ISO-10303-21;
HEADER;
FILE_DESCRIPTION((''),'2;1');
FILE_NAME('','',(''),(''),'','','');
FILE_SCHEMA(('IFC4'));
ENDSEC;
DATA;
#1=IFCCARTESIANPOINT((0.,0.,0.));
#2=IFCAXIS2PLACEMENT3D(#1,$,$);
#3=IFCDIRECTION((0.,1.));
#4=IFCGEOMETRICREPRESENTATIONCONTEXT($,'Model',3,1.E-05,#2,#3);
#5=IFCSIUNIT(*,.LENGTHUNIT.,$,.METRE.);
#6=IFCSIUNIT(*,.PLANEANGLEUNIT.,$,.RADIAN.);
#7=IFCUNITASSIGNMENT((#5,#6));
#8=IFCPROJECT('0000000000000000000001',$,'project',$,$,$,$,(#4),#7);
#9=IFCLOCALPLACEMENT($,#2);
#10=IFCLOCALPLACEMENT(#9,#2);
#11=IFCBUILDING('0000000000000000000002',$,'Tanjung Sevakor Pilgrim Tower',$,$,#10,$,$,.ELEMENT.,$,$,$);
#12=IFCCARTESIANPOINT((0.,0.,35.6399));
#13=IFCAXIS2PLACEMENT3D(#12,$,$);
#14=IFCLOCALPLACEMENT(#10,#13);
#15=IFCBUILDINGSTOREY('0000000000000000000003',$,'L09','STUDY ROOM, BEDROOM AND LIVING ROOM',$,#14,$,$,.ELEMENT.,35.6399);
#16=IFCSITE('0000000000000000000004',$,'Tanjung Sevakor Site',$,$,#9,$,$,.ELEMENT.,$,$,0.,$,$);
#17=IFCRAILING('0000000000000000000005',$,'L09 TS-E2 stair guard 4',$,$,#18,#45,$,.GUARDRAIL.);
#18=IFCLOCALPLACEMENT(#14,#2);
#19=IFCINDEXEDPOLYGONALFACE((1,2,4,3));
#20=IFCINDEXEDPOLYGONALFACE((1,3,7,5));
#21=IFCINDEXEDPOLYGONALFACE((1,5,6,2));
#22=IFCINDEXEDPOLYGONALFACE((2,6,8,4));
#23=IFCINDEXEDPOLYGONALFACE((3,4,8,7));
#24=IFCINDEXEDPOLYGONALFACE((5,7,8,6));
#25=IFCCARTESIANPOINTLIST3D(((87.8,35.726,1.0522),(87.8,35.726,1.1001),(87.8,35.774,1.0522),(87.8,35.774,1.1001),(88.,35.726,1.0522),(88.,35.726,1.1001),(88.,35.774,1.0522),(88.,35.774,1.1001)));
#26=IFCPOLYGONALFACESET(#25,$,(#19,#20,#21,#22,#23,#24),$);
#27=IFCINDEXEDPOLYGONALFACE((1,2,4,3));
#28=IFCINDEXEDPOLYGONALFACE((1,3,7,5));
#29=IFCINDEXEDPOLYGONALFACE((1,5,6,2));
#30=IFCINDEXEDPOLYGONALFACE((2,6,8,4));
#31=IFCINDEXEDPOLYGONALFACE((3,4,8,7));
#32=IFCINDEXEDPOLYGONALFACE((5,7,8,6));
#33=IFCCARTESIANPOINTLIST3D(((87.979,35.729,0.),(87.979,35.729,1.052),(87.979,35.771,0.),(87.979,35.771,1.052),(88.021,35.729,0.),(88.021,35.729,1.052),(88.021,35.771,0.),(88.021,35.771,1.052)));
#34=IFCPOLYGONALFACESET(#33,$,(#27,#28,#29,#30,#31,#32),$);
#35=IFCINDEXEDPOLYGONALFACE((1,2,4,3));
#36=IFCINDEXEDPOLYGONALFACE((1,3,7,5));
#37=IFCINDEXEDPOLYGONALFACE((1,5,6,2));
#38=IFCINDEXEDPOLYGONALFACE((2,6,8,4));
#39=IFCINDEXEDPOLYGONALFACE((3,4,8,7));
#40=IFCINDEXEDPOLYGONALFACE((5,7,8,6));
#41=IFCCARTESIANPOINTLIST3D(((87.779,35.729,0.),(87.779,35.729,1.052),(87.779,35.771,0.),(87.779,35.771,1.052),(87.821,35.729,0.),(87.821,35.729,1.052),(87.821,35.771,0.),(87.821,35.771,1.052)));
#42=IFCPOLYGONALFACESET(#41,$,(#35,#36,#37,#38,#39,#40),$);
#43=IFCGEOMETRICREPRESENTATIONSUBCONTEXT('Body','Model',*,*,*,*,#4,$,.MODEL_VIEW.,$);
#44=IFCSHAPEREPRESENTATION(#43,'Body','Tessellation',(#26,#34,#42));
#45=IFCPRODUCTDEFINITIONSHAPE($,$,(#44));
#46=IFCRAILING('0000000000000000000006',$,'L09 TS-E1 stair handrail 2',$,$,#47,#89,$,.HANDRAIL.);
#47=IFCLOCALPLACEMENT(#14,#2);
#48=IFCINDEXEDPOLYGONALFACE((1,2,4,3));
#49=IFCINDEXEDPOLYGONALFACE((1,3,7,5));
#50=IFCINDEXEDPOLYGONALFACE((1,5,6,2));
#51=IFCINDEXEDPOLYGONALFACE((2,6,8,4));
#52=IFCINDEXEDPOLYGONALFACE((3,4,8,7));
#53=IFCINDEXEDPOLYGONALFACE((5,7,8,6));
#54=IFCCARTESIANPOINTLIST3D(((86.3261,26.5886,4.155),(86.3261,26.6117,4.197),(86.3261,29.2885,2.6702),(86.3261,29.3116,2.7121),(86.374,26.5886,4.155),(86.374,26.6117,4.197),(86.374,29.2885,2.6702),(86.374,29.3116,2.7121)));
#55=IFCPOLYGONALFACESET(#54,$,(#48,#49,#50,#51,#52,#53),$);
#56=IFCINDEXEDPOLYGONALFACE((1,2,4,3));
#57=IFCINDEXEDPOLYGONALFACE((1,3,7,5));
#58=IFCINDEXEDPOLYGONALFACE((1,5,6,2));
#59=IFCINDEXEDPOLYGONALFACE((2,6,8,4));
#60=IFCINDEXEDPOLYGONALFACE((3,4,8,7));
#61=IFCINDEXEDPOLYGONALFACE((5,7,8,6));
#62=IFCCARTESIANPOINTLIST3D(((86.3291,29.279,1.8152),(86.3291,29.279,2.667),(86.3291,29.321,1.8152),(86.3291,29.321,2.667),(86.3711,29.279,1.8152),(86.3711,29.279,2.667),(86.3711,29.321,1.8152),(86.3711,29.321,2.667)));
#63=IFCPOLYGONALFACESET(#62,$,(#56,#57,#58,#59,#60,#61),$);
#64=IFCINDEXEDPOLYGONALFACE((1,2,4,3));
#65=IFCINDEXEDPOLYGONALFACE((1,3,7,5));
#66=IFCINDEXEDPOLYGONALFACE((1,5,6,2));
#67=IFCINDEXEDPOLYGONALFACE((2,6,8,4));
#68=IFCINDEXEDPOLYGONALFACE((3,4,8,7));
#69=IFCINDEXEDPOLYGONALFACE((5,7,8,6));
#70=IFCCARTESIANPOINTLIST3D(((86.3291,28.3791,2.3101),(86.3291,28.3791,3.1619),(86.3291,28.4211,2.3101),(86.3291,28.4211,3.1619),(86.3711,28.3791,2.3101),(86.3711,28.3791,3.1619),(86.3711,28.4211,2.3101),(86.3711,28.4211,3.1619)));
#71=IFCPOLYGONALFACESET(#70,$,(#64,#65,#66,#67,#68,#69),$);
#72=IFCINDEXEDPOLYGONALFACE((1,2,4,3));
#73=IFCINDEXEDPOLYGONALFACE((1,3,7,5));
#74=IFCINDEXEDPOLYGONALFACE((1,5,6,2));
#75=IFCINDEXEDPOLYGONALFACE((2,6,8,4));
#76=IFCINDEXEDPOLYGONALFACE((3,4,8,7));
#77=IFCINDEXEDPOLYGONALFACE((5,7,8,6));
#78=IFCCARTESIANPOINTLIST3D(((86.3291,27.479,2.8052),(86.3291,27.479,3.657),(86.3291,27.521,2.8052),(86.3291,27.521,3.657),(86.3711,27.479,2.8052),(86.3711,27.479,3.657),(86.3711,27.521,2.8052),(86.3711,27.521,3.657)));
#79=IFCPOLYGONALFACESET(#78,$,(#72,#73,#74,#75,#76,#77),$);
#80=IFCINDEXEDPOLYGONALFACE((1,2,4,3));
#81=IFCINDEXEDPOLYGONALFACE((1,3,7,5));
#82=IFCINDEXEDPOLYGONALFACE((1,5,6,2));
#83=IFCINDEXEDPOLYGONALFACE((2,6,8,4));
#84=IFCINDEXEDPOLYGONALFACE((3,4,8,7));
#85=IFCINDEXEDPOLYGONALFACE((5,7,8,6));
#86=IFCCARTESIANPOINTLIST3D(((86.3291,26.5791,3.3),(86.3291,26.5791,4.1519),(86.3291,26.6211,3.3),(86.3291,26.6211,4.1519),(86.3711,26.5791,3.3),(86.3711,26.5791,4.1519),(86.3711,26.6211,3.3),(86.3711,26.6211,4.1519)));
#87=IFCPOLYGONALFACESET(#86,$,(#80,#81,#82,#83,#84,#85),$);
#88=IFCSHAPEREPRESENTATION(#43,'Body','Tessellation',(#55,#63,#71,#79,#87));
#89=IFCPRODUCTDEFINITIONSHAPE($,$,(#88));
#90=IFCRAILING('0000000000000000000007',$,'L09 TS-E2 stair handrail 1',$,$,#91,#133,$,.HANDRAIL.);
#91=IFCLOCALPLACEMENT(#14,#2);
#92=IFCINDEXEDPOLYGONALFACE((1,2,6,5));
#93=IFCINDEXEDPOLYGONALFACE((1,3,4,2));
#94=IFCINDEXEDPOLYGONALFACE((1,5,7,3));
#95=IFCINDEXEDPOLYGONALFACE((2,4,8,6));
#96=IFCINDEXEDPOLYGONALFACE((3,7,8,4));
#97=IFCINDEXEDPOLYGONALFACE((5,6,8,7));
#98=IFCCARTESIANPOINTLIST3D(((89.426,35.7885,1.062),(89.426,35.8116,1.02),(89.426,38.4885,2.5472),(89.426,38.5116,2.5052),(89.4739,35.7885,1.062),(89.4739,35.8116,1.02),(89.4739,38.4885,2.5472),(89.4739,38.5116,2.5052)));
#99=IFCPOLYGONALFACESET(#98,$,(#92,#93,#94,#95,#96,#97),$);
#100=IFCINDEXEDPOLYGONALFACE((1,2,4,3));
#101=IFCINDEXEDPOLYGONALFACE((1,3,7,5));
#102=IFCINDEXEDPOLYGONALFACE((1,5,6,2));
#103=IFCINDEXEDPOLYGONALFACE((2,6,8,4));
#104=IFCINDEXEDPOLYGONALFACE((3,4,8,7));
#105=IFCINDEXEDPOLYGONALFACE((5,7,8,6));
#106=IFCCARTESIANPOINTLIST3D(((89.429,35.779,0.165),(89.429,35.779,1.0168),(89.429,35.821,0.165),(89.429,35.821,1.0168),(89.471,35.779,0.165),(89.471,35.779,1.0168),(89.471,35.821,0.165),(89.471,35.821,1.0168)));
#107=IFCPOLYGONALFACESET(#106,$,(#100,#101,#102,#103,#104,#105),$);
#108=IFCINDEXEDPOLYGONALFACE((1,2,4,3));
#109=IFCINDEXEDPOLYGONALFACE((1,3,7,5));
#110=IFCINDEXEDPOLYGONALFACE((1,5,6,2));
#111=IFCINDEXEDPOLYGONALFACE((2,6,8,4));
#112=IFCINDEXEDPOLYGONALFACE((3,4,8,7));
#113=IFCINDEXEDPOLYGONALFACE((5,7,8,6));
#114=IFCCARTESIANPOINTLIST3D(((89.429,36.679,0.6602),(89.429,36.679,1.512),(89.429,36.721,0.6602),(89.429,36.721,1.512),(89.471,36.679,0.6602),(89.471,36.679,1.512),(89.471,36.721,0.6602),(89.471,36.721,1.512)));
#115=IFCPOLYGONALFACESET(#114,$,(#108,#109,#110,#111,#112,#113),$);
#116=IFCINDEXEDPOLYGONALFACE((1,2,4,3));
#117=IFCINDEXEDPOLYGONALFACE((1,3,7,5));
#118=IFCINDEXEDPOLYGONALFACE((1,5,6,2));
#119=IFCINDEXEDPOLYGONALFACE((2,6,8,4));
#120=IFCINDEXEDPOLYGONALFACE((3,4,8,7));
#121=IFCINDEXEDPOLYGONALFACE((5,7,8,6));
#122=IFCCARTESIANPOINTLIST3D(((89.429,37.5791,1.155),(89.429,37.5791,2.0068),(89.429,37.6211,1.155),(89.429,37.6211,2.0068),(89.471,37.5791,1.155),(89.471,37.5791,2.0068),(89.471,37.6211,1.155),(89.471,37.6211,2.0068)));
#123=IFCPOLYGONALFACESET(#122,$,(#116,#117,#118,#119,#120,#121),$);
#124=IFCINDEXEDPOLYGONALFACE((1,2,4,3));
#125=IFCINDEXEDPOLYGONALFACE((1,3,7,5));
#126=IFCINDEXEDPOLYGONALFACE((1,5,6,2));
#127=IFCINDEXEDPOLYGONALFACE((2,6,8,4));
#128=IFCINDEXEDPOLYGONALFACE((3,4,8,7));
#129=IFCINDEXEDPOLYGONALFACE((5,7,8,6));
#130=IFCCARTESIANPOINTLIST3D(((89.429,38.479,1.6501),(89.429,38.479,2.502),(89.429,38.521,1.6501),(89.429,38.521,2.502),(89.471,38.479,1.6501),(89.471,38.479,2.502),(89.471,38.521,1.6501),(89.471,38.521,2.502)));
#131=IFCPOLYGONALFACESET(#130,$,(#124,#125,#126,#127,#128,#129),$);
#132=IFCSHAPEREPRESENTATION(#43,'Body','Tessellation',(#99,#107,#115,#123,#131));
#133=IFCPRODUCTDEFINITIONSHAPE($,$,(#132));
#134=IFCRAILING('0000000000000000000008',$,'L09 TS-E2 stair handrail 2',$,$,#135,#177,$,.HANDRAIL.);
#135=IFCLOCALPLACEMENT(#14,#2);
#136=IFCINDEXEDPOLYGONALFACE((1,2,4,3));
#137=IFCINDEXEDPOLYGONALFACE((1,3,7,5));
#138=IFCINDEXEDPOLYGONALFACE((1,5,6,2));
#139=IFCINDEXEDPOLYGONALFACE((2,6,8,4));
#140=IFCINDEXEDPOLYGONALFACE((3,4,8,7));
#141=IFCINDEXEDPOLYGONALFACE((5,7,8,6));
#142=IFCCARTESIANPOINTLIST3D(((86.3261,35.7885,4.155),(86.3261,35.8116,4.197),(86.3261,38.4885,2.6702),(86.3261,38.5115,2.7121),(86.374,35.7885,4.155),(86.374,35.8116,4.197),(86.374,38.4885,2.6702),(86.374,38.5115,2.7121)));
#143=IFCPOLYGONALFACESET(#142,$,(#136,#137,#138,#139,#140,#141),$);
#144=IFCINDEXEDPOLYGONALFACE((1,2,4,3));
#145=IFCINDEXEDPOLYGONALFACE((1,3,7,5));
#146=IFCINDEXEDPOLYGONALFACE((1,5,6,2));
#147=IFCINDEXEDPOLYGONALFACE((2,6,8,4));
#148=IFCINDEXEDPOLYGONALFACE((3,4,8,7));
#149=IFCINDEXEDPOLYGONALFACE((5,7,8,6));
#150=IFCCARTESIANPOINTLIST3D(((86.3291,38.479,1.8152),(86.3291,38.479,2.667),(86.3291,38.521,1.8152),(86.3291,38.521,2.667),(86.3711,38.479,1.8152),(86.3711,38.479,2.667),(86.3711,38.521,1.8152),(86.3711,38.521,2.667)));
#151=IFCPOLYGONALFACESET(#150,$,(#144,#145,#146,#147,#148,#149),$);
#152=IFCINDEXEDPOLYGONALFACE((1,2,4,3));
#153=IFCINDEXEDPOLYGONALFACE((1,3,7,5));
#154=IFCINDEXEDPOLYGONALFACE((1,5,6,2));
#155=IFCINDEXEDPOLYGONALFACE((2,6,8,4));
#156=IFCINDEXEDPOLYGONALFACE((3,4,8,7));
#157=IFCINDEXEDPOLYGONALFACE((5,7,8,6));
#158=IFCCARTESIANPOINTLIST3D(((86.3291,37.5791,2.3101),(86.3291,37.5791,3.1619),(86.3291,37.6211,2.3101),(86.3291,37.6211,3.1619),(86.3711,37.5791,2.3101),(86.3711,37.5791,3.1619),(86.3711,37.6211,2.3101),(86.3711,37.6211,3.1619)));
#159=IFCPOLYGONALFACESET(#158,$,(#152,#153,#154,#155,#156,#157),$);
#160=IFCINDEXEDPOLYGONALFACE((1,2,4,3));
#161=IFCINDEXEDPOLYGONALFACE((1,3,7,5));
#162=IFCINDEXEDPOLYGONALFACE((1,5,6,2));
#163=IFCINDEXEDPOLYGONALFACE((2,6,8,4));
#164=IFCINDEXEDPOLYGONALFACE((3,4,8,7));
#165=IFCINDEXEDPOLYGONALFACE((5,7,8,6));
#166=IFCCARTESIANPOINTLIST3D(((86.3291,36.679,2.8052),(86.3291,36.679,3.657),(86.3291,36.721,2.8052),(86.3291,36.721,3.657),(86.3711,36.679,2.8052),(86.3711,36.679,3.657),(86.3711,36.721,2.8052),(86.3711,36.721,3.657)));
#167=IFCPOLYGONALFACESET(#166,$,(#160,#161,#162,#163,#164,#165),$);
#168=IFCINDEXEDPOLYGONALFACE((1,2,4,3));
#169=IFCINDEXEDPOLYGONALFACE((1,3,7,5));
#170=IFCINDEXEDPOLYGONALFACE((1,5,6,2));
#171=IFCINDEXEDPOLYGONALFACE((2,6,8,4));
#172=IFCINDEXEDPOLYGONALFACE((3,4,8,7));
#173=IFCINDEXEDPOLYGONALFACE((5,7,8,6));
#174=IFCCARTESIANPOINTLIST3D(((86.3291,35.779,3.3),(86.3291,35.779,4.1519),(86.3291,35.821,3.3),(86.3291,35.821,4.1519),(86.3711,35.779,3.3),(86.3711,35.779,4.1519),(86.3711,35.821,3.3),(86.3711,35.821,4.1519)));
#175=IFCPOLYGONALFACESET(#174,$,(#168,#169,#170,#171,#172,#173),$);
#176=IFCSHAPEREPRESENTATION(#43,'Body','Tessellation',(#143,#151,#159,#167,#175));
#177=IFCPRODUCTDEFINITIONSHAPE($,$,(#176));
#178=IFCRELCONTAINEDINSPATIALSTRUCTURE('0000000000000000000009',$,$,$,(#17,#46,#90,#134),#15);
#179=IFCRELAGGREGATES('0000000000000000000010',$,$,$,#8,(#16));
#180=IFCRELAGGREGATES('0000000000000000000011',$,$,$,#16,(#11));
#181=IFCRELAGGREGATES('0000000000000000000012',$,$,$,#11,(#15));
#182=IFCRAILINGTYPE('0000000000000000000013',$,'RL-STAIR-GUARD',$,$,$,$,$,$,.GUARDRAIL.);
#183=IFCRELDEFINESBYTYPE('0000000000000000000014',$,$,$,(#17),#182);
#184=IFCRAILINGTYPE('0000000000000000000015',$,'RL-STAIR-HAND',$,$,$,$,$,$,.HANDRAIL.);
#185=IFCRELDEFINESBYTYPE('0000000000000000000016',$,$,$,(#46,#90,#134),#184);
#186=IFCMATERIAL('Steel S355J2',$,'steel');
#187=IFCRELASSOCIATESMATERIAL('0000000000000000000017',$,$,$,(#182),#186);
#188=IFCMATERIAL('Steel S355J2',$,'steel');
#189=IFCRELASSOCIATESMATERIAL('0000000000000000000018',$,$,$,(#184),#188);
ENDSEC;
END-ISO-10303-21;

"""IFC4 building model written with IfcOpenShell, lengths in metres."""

from ifc_helpers import new_model, si_unit, direction, frame, origin, place, context, subcontext, project, spatial, rectangle, extrude, material, type_object, element, save


model = new_model("IFC4")

# Units and contexts
model_context = context("Model", 3, precision=1e-05, world=origin(), true_north=direction((0.0, 1.0)))
body_context = subcontext(model_context, "Body", "Model", "MODEL_VIEW")
ifc_project = project(units=[si_unit("LENGTHUNIT", "METRE"), si_unit("PLANEANGLEUNIT", "RADIAN")], contexts=[model_context])

# Site, building, storey
site_placement = place(None, origin())
site = spatial("IfcSite", under=ifc_project, at=site_placement, Name="Tanjung Sevakor Site", CompositionType="ELEMENT", RefElevation=0.0)
building_placement = place(site_placement, origin())
building = spatial("IfcBuilding", under=site, at=building_placement, Name="Tanjung Sevakor Pilgrim Tower", CompositionType="ELEMENT")
storey_placement = place(building_placement, frame((0.0, 0.0, 35.6399)))
storey = spatial("IfcBuildingStorey", under=building, at=storey_placement, Name="L09", Description="STUDY ROOM, BEDROOM AND LIVING ROOM", CompositionType="ELEMENT", Elevation=35.6399)

# Railings
ifc_material_1 = material(Name="Steel S355J2", Category="steel")
railing_type_1 = type_object("IfcRailingType", Name="RL-STAIR-GUARD", PredefinedType="GUARDRAIL", material=ifc_material_1)
railing_1_placement = place(storey_placement, frame((88.0, 35.75, 0.0)))
element("IfcRailing", 1, at=railing_1_placement, inside=storey, type_object=railing_type_1, Name="L09 TS-E2 stair guard 4", PredefinedType="GUARDRAIL", context=body_context, shape_type="SweptSolid", body=[
    extrude(rectangle(XDim=0.0479, YDim=0.0479), frame((0.0, 0.0, 1.0762), z_axis=(-1.0, 0.0, 0.0), x_axis=(0.0, -1.0, 0.0)), (0.0, 0.0, 1.0), 0.2),
    extrude(rectangle(XDim=0.042, YDim=0.042), origin(), (0.0, 0.0, 1.0), 1.052),
    extrude(rectangle(XDim=0.042, YDim=0.042), frame((-0.2, 0.0, 0.0)), (0.0, 0.0, 1.0), 1.052),
])
ifc_material_2 = material(Name="Steel S355J2", Category="steel")
railing_type_2 = type_object("IfcRailingType", Name="RL-STAIR-HAND", PredefinedType="HANDRAIL", material=ifc_material_2)
railing_2_placement = place(storey_placement, frame((86.3501, 29.3, 1.8152)))
element("IfcRailing", 2, at=railing_2_placement, inside=storey, type_object=railing_type_2, Name="L09 TS-E1 stair handrail 2", PredefinedType="HANDRAIL", context=body_context, shape_type="SweptSolid", body=[
    extrude(rectangle(XDim=0.0479, YDim=0.0479), frame((0.0, 0.0, 0.876), z_axis=(0.0, -0.876231, 0.481891), x_axis=(1.0, 0.0, 0.0)), (0.0, 0.0, 1.0), 3.0813),
    extrude(rectangle(XDim=0.042, YDim=0.042), origin(), (0.0, 0.0, 1.0), 0.8518),
    extrude(rectangle(XDim=0.042, YDim=0.042), frame((0.0, -0.8999, 0.4949)), (0.0, 0.0, 1.0), 0.8518),
    extrude(rectangle(XDim=0.042, YDim=0.042), frame((0.0, -1.8, 0.99)), (0.0, 0.0, 1.0), 0.8518),
    extrude(rectangle(XDim=0.042, YDim=0.042), frame((0.0, -2.7, 1.4849)), (0.0, 0.0, 1.0), 0.8518),
])
railing_3_placement = place(storey_placement, frame((89.45, 35.8, 0.165)))
element("IfcRailing", 3, at=railing_3_placement, inside=storey, type_object=railing_type_2, Name="L09 TS-E2 stair handrail 1", PredefinedType="HANDRAIL", context=body_context, shape_type="SweptSolid", body=[
    extrude(rectangle(XDim=0.0479, YDim=0.0479), frame((0.0, 0.0, 0.876), z_axis=(0.0, 0.876198, 0.481952), x_axis=(-1.0, 0.0, 0.0)), (0.0, 0.0, 1.0), 3.0815),
    extrude(rectangle(XDim=0.042, YDim=0.042), origin(), (0.0, 0.0, 1.0), 0.8518),
    extrude(rectangle(XDim=0.042, YDim=0.042), frame((0.0, 0.8999, 0.4951)), (0.0, 0.0, 1.0), 0.8518),
    extrude(rectangle(XDim=0.042, YDim=0.042), frame((0.0, 1.8, 0.99)), (0.0, 0.0, 1.0), 0.8518),
    extrude(rectangle(XDim=0.042, YDim=0.042), frame((0.0, 2.7, 1.4851)), (0.0, 0.0, 1.0), 0.8518),
])
railing_4_placement = place(storey_placement, frame((86.3501, 38.5, 1.8152)))
element("IfcRailing", 4, at=railing_4_placement, inside=storey, type_object=railing_type_2, Name="L09 TS-E2 stair handrail 2", PredefinedType="HANDRAIL", context=body_context, shape_type="SweptSolid", body=[
    extrude(rectangle(XDim=0.0479, YDim=0.0479), frame((0.0, 0.0, 0.876), z_axis=(0.0, -0.876231, 0.481891), x_axis=(1.0, 0.0, 0.0)), (0.0, 0.0, 1.0), 3.0813),
    extrude(rectangle(XDim=0.042, YDim=0.042), origin(), (0.0, 0.0, 1.0), 0.8518),
    extrude(rectangle(XDim=0.042, YDim=0.042), frame((0.0, -0.8999, 0.4949)), (0.0, 0.0, 1.0), 0.8518),
    extrude(rectangle(XDim=0.042, YDim=0.042), frame((0.0, -1.8, 0.99)), (0.0, 0.0, 1.0), 0.8518),
    extrude(rectangle(XDim=0.042, YDim=0.042), frame((0.0, -2.7, 1.4849)), (0.0, 0.0, 1.0), 0.8518),
])

save(model, "model.ifc")
